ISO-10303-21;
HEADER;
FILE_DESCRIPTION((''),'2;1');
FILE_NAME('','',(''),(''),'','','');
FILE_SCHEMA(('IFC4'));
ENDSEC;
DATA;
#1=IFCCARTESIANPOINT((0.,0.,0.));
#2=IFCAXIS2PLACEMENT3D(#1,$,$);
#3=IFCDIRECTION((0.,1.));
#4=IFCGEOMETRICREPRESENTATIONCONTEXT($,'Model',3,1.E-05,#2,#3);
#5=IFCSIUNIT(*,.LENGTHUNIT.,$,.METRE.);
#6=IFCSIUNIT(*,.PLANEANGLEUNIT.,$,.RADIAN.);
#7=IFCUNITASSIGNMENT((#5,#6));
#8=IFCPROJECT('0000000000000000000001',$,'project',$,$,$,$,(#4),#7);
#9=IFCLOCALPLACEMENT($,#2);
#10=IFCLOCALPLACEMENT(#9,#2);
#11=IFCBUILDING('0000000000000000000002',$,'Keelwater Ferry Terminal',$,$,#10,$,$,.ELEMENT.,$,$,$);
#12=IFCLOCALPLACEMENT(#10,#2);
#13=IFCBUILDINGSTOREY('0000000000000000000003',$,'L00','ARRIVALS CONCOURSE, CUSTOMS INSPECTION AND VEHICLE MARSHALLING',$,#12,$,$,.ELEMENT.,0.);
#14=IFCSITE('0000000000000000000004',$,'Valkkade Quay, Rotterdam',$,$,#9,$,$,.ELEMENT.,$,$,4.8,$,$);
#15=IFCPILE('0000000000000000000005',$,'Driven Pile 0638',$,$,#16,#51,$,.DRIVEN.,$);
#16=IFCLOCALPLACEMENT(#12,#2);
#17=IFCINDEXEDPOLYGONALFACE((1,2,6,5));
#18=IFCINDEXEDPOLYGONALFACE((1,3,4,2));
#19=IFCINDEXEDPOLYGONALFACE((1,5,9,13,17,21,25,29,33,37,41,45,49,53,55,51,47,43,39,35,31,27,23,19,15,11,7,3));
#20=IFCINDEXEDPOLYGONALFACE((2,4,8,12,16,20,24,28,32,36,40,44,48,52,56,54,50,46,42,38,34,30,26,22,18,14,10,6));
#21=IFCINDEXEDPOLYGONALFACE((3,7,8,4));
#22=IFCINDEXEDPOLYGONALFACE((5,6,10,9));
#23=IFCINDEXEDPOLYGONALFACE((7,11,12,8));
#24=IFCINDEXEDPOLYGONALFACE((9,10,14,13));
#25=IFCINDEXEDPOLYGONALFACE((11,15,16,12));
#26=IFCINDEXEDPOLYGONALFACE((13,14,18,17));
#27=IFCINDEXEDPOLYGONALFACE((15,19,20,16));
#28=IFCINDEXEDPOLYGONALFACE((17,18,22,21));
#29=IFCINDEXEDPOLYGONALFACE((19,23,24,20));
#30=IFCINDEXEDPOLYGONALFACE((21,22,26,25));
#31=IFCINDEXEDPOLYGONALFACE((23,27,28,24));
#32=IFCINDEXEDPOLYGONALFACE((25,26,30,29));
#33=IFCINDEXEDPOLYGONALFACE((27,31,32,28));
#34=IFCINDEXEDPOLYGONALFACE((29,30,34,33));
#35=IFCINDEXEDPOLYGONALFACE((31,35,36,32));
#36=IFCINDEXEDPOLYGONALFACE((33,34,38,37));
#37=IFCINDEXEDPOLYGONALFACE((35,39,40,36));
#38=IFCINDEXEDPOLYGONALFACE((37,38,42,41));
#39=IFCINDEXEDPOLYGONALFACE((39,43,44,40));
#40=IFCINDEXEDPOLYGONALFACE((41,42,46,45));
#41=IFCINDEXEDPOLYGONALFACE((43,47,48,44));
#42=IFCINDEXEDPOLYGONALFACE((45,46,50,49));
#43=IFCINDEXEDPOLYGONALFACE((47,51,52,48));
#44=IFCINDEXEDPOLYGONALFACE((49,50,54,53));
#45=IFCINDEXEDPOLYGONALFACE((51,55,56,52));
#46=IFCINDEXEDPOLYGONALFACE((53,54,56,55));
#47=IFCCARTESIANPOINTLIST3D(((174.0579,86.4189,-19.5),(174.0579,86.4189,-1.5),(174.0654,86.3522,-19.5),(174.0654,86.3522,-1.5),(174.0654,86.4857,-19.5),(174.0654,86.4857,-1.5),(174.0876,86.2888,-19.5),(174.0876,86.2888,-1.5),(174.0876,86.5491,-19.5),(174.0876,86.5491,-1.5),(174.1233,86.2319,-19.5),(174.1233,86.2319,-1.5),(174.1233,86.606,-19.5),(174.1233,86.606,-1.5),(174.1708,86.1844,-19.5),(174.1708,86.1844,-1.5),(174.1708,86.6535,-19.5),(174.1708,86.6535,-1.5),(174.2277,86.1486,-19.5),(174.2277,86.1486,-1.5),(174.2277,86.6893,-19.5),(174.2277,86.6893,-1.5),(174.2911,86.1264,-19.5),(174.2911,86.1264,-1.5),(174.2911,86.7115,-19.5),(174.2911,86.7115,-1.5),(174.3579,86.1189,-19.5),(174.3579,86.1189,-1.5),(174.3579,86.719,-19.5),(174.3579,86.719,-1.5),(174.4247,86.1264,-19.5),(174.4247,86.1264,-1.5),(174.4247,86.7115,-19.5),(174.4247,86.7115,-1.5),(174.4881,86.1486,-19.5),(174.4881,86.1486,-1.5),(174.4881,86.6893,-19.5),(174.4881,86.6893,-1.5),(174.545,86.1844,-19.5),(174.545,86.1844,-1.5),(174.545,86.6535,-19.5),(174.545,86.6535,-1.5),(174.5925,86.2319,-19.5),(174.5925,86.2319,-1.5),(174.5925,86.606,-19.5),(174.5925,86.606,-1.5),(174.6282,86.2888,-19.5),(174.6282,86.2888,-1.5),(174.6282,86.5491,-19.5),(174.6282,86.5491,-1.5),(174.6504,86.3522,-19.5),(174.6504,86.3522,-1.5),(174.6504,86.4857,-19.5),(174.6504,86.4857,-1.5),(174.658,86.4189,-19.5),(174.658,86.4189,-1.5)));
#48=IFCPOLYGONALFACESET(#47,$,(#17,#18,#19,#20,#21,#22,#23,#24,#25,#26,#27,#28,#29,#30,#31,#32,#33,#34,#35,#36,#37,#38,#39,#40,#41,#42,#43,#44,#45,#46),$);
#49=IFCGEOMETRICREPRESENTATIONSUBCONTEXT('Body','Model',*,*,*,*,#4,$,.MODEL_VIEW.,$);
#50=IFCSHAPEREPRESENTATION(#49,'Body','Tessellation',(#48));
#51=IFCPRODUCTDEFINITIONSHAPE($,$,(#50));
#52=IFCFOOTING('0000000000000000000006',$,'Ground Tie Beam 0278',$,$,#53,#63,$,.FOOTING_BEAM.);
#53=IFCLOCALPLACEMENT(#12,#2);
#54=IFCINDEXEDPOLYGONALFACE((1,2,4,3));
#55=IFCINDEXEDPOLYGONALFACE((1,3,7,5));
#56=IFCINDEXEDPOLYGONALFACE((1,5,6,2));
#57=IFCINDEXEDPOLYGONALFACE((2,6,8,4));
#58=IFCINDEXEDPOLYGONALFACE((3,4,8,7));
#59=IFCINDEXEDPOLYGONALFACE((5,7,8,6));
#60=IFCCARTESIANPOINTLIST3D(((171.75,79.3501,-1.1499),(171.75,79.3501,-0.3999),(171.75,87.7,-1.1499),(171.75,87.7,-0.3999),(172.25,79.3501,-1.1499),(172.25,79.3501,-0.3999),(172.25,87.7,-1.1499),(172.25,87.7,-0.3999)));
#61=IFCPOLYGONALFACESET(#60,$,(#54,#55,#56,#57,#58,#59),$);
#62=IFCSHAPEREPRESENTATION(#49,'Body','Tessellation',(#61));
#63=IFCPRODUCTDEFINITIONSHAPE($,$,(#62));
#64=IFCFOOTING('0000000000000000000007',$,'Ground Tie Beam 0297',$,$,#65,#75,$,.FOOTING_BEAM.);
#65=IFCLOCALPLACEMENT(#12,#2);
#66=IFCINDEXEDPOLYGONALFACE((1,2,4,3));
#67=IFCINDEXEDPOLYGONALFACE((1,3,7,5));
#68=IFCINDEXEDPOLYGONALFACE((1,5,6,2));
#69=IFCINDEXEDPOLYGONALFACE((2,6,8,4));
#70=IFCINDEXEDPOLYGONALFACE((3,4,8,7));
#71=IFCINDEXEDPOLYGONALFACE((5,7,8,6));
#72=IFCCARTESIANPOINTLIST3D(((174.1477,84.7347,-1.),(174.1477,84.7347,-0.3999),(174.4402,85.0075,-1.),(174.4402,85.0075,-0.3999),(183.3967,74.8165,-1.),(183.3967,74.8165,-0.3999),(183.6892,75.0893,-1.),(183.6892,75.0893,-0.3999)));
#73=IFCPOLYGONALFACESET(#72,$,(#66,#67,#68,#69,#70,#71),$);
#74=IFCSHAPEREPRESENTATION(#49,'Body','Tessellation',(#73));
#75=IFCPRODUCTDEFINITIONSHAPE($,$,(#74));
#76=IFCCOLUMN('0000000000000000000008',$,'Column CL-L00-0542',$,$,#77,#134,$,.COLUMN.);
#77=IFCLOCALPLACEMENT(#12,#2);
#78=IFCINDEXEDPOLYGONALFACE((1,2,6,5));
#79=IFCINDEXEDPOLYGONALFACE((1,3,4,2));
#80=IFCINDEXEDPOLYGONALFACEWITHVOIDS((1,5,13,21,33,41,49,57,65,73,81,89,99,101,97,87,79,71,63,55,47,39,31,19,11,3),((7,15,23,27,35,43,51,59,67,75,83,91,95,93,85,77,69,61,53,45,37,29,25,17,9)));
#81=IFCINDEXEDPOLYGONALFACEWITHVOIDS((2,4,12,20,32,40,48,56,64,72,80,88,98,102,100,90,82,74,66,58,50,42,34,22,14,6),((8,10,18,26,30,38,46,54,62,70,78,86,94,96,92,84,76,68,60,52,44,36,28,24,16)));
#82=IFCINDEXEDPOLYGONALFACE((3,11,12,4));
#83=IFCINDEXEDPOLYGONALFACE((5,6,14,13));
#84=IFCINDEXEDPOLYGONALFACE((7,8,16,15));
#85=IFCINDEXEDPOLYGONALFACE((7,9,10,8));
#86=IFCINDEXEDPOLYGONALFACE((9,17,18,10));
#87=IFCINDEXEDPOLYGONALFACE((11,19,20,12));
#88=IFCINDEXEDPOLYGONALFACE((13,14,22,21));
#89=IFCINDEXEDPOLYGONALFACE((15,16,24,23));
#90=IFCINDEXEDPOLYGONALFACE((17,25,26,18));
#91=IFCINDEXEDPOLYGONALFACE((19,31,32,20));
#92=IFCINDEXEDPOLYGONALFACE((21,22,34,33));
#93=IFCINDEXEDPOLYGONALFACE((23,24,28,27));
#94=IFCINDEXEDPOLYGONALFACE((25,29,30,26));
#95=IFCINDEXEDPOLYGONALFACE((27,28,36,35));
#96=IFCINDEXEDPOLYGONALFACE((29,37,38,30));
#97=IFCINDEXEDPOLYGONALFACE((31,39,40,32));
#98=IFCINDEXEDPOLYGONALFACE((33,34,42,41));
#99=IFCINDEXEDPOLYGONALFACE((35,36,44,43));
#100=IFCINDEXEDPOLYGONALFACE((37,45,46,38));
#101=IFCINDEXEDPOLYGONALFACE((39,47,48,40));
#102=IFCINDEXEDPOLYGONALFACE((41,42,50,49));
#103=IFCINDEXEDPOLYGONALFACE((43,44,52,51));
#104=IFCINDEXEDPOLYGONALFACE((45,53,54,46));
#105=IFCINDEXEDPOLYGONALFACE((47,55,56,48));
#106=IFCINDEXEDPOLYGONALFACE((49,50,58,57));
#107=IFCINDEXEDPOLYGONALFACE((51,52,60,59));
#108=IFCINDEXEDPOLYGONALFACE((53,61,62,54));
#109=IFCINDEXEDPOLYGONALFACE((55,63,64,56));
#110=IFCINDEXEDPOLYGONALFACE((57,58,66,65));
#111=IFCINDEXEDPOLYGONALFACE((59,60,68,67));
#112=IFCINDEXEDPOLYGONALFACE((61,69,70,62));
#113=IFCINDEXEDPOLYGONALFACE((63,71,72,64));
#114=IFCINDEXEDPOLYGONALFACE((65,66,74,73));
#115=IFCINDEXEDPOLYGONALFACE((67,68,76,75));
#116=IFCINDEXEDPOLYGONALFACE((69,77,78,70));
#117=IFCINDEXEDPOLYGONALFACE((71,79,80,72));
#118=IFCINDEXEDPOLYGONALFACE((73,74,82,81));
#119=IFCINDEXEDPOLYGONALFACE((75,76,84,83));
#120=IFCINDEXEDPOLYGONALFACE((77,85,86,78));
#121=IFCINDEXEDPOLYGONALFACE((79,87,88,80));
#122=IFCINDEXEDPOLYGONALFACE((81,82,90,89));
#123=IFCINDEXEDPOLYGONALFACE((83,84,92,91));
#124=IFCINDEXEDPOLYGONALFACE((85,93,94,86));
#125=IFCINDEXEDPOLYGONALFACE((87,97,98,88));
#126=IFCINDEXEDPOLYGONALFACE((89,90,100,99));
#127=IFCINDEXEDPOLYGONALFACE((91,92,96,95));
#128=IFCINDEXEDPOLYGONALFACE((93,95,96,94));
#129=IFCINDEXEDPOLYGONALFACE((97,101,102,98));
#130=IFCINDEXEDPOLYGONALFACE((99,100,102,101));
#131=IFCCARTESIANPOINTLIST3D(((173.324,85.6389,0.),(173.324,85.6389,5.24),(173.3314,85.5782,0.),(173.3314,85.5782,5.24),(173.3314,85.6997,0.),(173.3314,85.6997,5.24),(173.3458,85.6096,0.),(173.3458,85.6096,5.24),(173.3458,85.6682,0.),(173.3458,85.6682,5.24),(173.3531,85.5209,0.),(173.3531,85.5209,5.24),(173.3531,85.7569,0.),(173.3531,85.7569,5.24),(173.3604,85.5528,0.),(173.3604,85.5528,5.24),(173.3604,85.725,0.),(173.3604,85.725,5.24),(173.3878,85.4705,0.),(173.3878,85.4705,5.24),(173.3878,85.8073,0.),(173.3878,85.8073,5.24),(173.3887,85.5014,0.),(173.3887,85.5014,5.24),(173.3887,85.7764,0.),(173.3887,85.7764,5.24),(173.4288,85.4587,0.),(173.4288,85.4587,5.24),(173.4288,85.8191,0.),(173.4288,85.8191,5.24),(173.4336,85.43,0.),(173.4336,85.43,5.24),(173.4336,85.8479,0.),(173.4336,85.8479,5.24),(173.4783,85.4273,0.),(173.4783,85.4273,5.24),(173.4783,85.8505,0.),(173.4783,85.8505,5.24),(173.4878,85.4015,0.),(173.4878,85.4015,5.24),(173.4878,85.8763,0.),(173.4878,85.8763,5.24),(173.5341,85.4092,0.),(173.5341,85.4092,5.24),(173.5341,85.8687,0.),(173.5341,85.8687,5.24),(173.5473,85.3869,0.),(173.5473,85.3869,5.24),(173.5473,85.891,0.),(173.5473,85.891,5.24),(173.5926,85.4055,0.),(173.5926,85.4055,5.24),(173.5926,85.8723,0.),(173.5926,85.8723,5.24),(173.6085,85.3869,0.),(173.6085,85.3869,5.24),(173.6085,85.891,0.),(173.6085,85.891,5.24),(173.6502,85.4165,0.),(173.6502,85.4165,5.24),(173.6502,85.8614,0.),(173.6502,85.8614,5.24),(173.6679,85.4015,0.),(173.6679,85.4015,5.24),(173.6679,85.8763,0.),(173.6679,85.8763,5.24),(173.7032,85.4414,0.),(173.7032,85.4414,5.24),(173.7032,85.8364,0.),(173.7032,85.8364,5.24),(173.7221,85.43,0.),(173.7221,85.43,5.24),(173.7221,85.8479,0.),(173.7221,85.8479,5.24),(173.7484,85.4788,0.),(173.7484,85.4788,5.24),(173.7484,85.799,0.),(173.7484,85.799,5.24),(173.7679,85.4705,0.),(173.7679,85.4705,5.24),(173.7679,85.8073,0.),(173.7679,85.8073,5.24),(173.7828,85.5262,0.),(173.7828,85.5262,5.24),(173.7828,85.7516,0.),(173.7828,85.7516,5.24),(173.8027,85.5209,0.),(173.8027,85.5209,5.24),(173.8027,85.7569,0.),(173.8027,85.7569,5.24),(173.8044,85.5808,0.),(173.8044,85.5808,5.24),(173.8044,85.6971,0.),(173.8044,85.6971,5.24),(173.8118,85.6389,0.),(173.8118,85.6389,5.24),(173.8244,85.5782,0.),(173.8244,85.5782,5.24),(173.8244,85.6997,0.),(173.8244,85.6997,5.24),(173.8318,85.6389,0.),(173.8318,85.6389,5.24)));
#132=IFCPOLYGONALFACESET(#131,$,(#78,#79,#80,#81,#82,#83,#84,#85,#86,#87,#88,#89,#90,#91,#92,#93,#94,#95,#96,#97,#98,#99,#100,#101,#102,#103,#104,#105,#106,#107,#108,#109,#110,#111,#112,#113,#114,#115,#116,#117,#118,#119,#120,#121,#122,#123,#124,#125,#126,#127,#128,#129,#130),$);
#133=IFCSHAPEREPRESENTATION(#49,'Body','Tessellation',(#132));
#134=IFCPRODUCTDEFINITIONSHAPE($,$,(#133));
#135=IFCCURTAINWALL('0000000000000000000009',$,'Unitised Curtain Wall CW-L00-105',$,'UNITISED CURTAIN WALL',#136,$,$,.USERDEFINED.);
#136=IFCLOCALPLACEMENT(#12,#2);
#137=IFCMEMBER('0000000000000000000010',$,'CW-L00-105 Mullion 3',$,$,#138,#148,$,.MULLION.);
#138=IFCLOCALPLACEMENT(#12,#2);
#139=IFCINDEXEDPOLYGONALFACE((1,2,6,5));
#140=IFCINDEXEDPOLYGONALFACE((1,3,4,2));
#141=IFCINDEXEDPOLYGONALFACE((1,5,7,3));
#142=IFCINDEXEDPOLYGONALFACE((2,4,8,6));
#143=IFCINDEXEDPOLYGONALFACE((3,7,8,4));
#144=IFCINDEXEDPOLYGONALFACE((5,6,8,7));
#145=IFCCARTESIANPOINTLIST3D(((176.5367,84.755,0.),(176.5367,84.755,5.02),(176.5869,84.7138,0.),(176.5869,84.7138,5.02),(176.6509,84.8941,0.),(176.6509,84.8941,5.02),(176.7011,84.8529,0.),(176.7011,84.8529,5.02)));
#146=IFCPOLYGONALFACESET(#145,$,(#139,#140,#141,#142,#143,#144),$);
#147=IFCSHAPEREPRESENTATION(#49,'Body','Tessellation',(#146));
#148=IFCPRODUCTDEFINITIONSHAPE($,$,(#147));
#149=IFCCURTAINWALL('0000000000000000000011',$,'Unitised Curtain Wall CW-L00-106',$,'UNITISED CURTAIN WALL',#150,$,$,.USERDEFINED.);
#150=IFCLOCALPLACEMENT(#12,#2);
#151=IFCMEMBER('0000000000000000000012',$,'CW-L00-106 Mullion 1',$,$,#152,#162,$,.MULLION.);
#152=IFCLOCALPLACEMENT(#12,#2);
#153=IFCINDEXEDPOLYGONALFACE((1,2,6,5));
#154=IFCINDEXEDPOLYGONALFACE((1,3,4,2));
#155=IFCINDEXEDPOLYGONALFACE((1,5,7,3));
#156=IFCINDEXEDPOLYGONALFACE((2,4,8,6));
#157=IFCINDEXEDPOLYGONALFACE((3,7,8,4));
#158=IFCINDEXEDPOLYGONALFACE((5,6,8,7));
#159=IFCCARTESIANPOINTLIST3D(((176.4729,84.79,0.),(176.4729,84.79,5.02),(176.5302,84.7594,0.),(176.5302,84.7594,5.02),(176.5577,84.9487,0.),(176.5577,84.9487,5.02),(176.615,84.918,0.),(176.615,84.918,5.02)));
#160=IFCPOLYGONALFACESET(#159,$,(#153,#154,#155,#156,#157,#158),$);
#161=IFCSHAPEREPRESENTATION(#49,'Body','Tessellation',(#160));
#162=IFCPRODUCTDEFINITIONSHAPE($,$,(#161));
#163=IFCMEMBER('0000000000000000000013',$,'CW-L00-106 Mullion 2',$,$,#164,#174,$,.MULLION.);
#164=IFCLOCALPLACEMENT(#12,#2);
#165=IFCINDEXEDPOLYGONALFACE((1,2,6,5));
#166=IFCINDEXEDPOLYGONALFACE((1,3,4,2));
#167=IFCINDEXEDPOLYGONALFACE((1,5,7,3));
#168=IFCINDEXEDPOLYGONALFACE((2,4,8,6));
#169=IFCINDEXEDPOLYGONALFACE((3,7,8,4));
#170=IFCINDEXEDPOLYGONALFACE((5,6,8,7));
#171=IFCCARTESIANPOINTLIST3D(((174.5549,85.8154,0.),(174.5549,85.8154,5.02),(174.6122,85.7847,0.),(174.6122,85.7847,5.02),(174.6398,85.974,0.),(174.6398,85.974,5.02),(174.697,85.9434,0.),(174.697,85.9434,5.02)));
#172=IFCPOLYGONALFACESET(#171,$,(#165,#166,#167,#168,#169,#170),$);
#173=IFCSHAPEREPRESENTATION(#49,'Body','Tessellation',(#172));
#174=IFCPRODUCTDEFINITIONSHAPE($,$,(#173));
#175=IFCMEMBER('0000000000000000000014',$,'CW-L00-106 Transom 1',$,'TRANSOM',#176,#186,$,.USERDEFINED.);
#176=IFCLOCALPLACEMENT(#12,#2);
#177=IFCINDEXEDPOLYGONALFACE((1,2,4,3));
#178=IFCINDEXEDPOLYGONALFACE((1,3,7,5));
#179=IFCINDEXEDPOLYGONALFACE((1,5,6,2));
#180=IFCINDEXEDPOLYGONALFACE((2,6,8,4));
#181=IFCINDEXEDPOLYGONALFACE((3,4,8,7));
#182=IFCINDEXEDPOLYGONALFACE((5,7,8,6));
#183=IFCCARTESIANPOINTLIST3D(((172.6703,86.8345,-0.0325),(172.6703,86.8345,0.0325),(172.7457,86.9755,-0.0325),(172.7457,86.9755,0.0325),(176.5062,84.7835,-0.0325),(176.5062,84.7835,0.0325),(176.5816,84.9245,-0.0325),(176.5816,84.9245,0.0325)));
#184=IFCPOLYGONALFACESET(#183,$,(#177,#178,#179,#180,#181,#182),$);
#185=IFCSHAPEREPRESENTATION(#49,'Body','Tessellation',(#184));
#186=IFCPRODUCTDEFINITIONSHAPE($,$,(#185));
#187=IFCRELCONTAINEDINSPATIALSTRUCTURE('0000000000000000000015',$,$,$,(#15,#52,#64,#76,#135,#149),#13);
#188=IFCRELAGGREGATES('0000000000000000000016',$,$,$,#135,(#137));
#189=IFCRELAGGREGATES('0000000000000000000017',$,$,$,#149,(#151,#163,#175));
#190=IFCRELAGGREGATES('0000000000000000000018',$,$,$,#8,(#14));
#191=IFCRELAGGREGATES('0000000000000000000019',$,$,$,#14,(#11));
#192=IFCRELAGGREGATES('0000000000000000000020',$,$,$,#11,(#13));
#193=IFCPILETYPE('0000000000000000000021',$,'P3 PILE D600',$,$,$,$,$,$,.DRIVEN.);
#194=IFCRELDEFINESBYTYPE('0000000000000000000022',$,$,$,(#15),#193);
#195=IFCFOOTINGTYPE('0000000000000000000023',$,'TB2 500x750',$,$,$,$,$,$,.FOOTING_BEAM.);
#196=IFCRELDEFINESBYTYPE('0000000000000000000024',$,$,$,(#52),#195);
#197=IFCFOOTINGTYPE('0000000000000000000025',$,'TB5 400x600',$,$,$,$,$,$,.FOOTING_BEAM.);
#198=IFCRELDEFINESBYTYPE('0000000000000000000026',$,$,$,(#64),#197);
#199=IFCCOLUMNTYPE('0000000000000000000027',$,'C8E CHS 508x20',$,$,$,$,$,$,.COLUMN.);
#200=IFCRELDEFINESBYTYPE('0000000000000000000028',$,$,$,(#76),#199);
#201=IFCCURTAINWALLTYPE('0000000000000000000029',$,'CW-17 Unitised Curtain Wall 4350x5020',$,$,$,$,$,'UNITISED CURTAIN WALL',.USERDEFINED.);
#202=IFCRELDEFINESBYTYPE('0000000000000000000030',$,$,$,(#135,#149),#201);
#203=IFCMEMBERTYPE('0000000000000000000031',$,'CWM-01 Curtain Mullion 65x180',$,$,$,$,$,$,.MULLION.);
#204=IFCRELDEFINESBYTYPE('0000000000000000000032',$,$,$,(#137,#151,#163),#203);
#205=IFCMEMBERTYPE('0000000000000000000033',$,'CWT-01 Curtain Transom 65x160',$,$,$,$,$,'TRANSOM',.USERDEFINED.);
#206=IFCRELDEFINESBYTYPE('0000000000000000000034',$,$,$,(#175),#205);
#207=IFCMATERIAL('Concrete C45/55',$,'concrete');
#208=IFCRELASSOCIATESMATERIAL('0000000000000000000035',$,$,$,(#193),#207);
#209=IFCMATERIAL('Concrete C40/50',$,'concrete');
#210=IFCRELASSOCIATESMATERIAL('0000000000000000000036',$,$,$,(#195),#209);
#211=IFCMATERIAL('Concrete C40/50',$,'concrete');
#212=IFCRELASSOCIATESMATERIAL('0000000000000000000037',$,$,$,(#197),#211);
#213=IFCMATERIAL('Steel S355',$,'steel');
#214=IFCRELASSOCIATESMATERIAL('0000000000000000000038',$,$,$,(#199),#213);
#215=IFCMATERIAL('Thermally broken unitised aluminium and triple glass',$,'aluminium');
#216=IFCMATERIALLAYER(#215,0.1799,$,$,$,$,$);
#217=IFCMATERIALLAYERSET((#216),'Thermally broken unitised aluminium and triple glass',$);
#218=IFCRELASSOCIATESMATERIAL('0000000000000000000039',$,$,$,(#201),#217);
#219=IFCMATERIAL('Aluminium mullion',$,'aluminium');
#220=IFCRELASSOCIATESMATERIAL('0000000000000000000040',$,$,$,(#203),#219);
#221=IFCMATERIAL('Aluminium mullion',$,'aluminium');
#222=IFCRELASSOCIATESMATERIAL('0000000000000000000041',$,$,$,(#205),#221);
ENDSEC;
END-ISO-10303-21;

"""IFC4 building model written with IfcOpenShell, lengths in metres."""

from ifc_helpers import new_model, si_unit, direction, frame, origin, origin_2d, place, context, subcontext, project, spatial, rectangle, circle, hollow_circle, extrude, material, layer, layer_set, material_profile, profile_set, type_object, element, aggregate, save


model = new_model("IFC4")

# Units and contexts
model_context = context("Model", 3, precision=1e-05, world=origin(), true_north=direction((0.0, 1.0)))
body_context = subcontext(model_context, "Body", "Model", "MODEL_VIEW")
ifc_project = project(units=[si_unit("LENGTHUNIT", "METRE"), si_unit("PLANEANGLEUNIT", "RADIAN")], contexts=[model_context])

# Site, building, storey
site_placement = place(None, origin())
site = spatial("IfcSite", under=ifc_project, at=site_placement, Name="Valkkade Quay, Rotterdam", CompositionType="ELEMENT", RefElevation=4.8)
building_placement = place(site_placement, origin())
building = spatial("IfcBuilding", under=site, at=building_placement, Name="Keelwater Ferry Terminal", CompositionType="ELEMENT")
storey_placement = place(building_placement, origin())
storey = spatial("IfcBuildingStorey", under=building, at=storey_placement, Name="L00", Description="ARRIVALS CONCOURSE, CUSTOMS INSPECTION AND VEHICLE MARSHALLING", CompositionType="ELEMENT", Elevation=0.0)

# Pile
ifc_material_1 = material(Name="Concrete C45/55", Category="concrete")
ifc_material_profile_1 = material_profile(ifc_material_1, circle(Radius=0.3, at=origin_2d()), Name="PILE D600")
ifc_profile_set_1 = profile_set([ifc_material_profile_1], Name="Concrete C45/55")
pile_type = type_object("IfcPileType", Name="P3 PILE D600", PredefinedType="DRIVEN", material=ifc_profile_set_1)
for number, where, z_axis, x_axis, name in (
    (1, (174.3579, 86.4189, -1.5), (0.0, 0.0, -1.0), (1.0, 0.0, 0.0), "Driven Pile 0638"),
):
    element("IfcPile", number, at=place(storey_placement, frame(where, z_axis=z_axis, x_axis=x_axis)), inside=storey, type_object=pile_type, Name=name, PredefinedType="DRIVEN", context=body_context, shape_type="SweptSolid", body=[
        extrude(circle(Radius=0.3, at=origin_2d()), origin(), (0.0, 0.0, 1.0), 18.0),
    ])

# Footings
ifc_material_2 = material(Name="Concrete C40/50", Category="concrete")
ifc_material_profile_2 = material_profile(ifc_material_2, rectangle(XDim=0.5, YDim=0.75, at=origin_2d()), Name="TB 500x750")
ifc_profile_set_2 = profile_set([ifc_material_profile_2], Name="Concrete C40/50")
footing_type_1 = type_object("IfcFootingType", Name="TB2 500x750", PredefinedType="FOOTING_BEAM", material=ifc_profile_set_2)
footing_1_placement = place(storey_placement, frame((172.0, 79.3501, -0.7749), z_axis=(0.0, 1.0, 0.0), x_axis=(-1.0, 0.0, 0.0)))
element("IfcFooting", 2, at=footing_1_placement, inside=storey, type_object=footing_type_1, Name="Ground Tie Beam 0278", PredefinedType="FOOTING_BEAM", context=body_context, shape_type="SweptSolid", body=[
    extrude(rectangle(XDim=0.5, YDim=0.75, at=origin_2d()), origin(), (0.0, 0.0, 1.0), 8.3499),
])
ifc_material_3 = material(Name="Concrete C40/50", Category="concrete")
ifc_material_profile_3 = material_profile(ifc_material_3, rectangle(XDim=0.3999, YDim=0.6001, at=origin_2d()), Name="TB 400x600")
ifc_profile_set_3 = profile_set([ifc_material_profile_3], Name="Concrete C40/50")
footing_type_2 = type_object("IfcFootingType", Name="TB5 400x600", PredefinedType="FOOTING_BEAM", material=ifc_profile_set_3)
footing_2_placement = place(storey_placement, frame((174.2939, 84.8711, -0.7), z_axis=(0.682004, -0.731349, 0.0), x_axis=(0.731349, 0.682004, 0.0)))
element("IfcFooting", 3, at=footing_2_placement, inside=storey, type_object=footing_type_2, Name="Ground Tie Beam 0297", PredefinedType="FOOTING_BEAM", context=body_context, shape_type="SweptSolid", body=[
    extrude(rectangle(XDim=0.3999, YDim=0.6001, at=origin_2d()), origin(), (0.0, 0.0, 1.0), 13.5615),
])

# Column
ifc_material_4 = material(Name="Steel S355", Category="steel")
ifc_material_profile_4 = material_profile(ifc_material_4, hollow_circle(Radius=0.2539, WallThickness=0.02, at=origin_2d()), Name="CHS 508x20")
ifc_profile_set_4 = profile_set([ifc_material_profile_4], Name="Steel S355")
column_type = type_object("IfcColumnType", Name="C8E CHS 508x20", PredefinedType="COLUMN", material=ifc_profile_set_4)
column_placement = place(storey_placement, frame((173.5779, 85.6389, 0.0), z_axis=(0.0, 0.0, 1.0), x_axis=(1.0, 0.0, 0.0)))
element("IfcColumn", 4, at=column_placement, inside=storey, type_object=column_type, Name="Column CL-L00-0542", PredefinedType="COLUMN", context=body_context, shape_type="SweptSolid", body=[
    extrude(hollow_circle(Radius=0.2539, WallThickness=0.02, at=origin_2d()), origin(), (0.0, 0.0, 1.0), 5.24),
])

# Curtain wall, member
ifc_material_5 = material(Name="Thermally broken unitised aluminium and triple glass", Category="aluminium")
ifc_layer_1 = layer(ifc_material_5, 0.1799)
ifc_layer_set_1 = layer_set([ifc_layer_1], Name="Thermally broken unitised aluminium and triple glass")
curtain_wall_type = type_object("IfcCurtainWallType", Name="CW-17 Unitised Curtain Wall 4350x5020", ElementType="UNITISED CURTAIN WALL", PredefinedType="USERDEFINED", material=ifc_layer_set_1)
curtain_wall_1_placement = place(storey_placement, origin())
curtain_wall_1 = element("IfcCurtainWall", 5, at=curtain_wall_1_placement, inside=storey, type_object=curtain_wall_type, Name="Unitised Curtain Wall CW-L00-105", ObjectType="UNITISED CURTAIN WALL", PredefinedType="USERDEFINED")
ifc_material_6 = material(Name="Aluminium mullion", Category="aluminium")
ifc_material_profile_5 = material_profile(ifc_material_6, rectangle(XDim=0.0649, YDim=0.1799, at=origin_2d()), Name="CWM-01")
ifc_profile_set_5 = profile_set([ifc_material_profile_5], Name="Aluminium mullion")
member_type_1 = type_object("IfcMemberType", Name="CWM-01 Curtain Mullion 65x180", PredefinedType="MULLION", material=ifc_profile_set_5)
member_1_placement = place(storey_placement, frame((176.6189, 84.804, 0.0), z_axis=(0.0, 0.0, 1.0), x_axis=(-0.773024, 0.634377, 0.0)))
member_1 = element("IfcMember", 6, at=member_1_placement, type_object=member_type_1, Name="CW-L00-105 Mullion 3", PredefinedType="MULLION", context=body_context, shape_type="SweptSolid", body=[
    extrude(rectangle(XDim=0.0649, YDim=0.1799, at=origin_2d()), origin(), (0.0, 0.0, 1.0), 5.02),
])

# Curtain wall, members
curtain_wall_2_placement = place(storey_placement, origin())
curtain_wall_2 = element("IfcCurtainWall", 7, at=curtain_wall_2_placement, inside=storey, type_object=curtain_wall_type, Name="Unitised Curtain Wall CW-L00-106", ObjectType="UNITISED CURTAIN WALL", PredefinedType="USERDEFINED")
member_2_placement = place(storey_placement, frame((176.5439, 84.854, 0.0), z_axis=(0.0, 0.0, 1.0), x_axis=(-0.881862, 0.471507, 0.0)))
member_2 = element("IfcMember", 8, at=member_2_placement, type_object=member_type_1, Name="CW-L00-106 Mullion 1", PredefinedType="MULLION", context=body_context, shape_type="SweptSolid", body=[
    extrude(rectangle(XDim=0.0649, YDim=0.1799, at=origin_2d()), origin(), (0.0, 0.0, 1.0), 5.02),
])
member_3_placement = place(storey_placement, frame((174.626, 85.8794, 0.0), z_axis=(0.0, 0.0, 1.0), x_axis=(-0.881862, 0.471507, 0.0)))
member_3 = element("IfcMember", 9, at=member_3_placement, type_object=member_type_1, Name="CW-L00-106 Mullion 2", PredefinedType="MULLION", context=body_context, shape_type="SweptSolid", body=[
    extrude(rectangle(XDim=0.0649, YDim=0.1799, at=origin_2d()), origin(), (0.0, 0.0, 1.0), 5.02),
])
ifc_material_7 = material(Name="Aluminium mullion", Category="aluminium")
ifc_material_profile_6 = material_profile(ifc_material_7, rectangle(XDim=0.1599, YDim=0.0649, at=origin_2d()), Name="CWT-01")
ifc_profile_set_6 = profile_set([ifc_material_profile_6], Name="Aluminium mullion")
member_type_2 = type_object("IfcMemberType", Name="CWT-01 Curtain Transom 65x160", ElementType="TRANSOM", PredefinedType="USERDEFINED", material=ifc_profile_set_6)
member_4_placement = place(storey_placement, frame((176.5439, 84.854, 0.0), z_axis=(-0.881857, 0.471517, 0.0), x_axis=(-0.471517, -0.881857, 0.0)))
member_4 = element("IfcMember", 10, at=member_4_placement, type_object=member_type_2, Name="CW-L00-106 Transom 1", ObjectType="TRANSOM", PredefinedType="USERDEFINED", context=body_context, shape_type="SweptSolid", body=[
    extrude(rectangle(XDim=0.1599, YDim=0.0649, at=origin_2d()), origin(), (0.0, 0.0, 1.0), 4.3499),
])

aggregate(curtain_wall_1, [member_1])
aggregate(curtain_wall_2, [member_2, member_3, member_4])

save(model, "model.ifc")
